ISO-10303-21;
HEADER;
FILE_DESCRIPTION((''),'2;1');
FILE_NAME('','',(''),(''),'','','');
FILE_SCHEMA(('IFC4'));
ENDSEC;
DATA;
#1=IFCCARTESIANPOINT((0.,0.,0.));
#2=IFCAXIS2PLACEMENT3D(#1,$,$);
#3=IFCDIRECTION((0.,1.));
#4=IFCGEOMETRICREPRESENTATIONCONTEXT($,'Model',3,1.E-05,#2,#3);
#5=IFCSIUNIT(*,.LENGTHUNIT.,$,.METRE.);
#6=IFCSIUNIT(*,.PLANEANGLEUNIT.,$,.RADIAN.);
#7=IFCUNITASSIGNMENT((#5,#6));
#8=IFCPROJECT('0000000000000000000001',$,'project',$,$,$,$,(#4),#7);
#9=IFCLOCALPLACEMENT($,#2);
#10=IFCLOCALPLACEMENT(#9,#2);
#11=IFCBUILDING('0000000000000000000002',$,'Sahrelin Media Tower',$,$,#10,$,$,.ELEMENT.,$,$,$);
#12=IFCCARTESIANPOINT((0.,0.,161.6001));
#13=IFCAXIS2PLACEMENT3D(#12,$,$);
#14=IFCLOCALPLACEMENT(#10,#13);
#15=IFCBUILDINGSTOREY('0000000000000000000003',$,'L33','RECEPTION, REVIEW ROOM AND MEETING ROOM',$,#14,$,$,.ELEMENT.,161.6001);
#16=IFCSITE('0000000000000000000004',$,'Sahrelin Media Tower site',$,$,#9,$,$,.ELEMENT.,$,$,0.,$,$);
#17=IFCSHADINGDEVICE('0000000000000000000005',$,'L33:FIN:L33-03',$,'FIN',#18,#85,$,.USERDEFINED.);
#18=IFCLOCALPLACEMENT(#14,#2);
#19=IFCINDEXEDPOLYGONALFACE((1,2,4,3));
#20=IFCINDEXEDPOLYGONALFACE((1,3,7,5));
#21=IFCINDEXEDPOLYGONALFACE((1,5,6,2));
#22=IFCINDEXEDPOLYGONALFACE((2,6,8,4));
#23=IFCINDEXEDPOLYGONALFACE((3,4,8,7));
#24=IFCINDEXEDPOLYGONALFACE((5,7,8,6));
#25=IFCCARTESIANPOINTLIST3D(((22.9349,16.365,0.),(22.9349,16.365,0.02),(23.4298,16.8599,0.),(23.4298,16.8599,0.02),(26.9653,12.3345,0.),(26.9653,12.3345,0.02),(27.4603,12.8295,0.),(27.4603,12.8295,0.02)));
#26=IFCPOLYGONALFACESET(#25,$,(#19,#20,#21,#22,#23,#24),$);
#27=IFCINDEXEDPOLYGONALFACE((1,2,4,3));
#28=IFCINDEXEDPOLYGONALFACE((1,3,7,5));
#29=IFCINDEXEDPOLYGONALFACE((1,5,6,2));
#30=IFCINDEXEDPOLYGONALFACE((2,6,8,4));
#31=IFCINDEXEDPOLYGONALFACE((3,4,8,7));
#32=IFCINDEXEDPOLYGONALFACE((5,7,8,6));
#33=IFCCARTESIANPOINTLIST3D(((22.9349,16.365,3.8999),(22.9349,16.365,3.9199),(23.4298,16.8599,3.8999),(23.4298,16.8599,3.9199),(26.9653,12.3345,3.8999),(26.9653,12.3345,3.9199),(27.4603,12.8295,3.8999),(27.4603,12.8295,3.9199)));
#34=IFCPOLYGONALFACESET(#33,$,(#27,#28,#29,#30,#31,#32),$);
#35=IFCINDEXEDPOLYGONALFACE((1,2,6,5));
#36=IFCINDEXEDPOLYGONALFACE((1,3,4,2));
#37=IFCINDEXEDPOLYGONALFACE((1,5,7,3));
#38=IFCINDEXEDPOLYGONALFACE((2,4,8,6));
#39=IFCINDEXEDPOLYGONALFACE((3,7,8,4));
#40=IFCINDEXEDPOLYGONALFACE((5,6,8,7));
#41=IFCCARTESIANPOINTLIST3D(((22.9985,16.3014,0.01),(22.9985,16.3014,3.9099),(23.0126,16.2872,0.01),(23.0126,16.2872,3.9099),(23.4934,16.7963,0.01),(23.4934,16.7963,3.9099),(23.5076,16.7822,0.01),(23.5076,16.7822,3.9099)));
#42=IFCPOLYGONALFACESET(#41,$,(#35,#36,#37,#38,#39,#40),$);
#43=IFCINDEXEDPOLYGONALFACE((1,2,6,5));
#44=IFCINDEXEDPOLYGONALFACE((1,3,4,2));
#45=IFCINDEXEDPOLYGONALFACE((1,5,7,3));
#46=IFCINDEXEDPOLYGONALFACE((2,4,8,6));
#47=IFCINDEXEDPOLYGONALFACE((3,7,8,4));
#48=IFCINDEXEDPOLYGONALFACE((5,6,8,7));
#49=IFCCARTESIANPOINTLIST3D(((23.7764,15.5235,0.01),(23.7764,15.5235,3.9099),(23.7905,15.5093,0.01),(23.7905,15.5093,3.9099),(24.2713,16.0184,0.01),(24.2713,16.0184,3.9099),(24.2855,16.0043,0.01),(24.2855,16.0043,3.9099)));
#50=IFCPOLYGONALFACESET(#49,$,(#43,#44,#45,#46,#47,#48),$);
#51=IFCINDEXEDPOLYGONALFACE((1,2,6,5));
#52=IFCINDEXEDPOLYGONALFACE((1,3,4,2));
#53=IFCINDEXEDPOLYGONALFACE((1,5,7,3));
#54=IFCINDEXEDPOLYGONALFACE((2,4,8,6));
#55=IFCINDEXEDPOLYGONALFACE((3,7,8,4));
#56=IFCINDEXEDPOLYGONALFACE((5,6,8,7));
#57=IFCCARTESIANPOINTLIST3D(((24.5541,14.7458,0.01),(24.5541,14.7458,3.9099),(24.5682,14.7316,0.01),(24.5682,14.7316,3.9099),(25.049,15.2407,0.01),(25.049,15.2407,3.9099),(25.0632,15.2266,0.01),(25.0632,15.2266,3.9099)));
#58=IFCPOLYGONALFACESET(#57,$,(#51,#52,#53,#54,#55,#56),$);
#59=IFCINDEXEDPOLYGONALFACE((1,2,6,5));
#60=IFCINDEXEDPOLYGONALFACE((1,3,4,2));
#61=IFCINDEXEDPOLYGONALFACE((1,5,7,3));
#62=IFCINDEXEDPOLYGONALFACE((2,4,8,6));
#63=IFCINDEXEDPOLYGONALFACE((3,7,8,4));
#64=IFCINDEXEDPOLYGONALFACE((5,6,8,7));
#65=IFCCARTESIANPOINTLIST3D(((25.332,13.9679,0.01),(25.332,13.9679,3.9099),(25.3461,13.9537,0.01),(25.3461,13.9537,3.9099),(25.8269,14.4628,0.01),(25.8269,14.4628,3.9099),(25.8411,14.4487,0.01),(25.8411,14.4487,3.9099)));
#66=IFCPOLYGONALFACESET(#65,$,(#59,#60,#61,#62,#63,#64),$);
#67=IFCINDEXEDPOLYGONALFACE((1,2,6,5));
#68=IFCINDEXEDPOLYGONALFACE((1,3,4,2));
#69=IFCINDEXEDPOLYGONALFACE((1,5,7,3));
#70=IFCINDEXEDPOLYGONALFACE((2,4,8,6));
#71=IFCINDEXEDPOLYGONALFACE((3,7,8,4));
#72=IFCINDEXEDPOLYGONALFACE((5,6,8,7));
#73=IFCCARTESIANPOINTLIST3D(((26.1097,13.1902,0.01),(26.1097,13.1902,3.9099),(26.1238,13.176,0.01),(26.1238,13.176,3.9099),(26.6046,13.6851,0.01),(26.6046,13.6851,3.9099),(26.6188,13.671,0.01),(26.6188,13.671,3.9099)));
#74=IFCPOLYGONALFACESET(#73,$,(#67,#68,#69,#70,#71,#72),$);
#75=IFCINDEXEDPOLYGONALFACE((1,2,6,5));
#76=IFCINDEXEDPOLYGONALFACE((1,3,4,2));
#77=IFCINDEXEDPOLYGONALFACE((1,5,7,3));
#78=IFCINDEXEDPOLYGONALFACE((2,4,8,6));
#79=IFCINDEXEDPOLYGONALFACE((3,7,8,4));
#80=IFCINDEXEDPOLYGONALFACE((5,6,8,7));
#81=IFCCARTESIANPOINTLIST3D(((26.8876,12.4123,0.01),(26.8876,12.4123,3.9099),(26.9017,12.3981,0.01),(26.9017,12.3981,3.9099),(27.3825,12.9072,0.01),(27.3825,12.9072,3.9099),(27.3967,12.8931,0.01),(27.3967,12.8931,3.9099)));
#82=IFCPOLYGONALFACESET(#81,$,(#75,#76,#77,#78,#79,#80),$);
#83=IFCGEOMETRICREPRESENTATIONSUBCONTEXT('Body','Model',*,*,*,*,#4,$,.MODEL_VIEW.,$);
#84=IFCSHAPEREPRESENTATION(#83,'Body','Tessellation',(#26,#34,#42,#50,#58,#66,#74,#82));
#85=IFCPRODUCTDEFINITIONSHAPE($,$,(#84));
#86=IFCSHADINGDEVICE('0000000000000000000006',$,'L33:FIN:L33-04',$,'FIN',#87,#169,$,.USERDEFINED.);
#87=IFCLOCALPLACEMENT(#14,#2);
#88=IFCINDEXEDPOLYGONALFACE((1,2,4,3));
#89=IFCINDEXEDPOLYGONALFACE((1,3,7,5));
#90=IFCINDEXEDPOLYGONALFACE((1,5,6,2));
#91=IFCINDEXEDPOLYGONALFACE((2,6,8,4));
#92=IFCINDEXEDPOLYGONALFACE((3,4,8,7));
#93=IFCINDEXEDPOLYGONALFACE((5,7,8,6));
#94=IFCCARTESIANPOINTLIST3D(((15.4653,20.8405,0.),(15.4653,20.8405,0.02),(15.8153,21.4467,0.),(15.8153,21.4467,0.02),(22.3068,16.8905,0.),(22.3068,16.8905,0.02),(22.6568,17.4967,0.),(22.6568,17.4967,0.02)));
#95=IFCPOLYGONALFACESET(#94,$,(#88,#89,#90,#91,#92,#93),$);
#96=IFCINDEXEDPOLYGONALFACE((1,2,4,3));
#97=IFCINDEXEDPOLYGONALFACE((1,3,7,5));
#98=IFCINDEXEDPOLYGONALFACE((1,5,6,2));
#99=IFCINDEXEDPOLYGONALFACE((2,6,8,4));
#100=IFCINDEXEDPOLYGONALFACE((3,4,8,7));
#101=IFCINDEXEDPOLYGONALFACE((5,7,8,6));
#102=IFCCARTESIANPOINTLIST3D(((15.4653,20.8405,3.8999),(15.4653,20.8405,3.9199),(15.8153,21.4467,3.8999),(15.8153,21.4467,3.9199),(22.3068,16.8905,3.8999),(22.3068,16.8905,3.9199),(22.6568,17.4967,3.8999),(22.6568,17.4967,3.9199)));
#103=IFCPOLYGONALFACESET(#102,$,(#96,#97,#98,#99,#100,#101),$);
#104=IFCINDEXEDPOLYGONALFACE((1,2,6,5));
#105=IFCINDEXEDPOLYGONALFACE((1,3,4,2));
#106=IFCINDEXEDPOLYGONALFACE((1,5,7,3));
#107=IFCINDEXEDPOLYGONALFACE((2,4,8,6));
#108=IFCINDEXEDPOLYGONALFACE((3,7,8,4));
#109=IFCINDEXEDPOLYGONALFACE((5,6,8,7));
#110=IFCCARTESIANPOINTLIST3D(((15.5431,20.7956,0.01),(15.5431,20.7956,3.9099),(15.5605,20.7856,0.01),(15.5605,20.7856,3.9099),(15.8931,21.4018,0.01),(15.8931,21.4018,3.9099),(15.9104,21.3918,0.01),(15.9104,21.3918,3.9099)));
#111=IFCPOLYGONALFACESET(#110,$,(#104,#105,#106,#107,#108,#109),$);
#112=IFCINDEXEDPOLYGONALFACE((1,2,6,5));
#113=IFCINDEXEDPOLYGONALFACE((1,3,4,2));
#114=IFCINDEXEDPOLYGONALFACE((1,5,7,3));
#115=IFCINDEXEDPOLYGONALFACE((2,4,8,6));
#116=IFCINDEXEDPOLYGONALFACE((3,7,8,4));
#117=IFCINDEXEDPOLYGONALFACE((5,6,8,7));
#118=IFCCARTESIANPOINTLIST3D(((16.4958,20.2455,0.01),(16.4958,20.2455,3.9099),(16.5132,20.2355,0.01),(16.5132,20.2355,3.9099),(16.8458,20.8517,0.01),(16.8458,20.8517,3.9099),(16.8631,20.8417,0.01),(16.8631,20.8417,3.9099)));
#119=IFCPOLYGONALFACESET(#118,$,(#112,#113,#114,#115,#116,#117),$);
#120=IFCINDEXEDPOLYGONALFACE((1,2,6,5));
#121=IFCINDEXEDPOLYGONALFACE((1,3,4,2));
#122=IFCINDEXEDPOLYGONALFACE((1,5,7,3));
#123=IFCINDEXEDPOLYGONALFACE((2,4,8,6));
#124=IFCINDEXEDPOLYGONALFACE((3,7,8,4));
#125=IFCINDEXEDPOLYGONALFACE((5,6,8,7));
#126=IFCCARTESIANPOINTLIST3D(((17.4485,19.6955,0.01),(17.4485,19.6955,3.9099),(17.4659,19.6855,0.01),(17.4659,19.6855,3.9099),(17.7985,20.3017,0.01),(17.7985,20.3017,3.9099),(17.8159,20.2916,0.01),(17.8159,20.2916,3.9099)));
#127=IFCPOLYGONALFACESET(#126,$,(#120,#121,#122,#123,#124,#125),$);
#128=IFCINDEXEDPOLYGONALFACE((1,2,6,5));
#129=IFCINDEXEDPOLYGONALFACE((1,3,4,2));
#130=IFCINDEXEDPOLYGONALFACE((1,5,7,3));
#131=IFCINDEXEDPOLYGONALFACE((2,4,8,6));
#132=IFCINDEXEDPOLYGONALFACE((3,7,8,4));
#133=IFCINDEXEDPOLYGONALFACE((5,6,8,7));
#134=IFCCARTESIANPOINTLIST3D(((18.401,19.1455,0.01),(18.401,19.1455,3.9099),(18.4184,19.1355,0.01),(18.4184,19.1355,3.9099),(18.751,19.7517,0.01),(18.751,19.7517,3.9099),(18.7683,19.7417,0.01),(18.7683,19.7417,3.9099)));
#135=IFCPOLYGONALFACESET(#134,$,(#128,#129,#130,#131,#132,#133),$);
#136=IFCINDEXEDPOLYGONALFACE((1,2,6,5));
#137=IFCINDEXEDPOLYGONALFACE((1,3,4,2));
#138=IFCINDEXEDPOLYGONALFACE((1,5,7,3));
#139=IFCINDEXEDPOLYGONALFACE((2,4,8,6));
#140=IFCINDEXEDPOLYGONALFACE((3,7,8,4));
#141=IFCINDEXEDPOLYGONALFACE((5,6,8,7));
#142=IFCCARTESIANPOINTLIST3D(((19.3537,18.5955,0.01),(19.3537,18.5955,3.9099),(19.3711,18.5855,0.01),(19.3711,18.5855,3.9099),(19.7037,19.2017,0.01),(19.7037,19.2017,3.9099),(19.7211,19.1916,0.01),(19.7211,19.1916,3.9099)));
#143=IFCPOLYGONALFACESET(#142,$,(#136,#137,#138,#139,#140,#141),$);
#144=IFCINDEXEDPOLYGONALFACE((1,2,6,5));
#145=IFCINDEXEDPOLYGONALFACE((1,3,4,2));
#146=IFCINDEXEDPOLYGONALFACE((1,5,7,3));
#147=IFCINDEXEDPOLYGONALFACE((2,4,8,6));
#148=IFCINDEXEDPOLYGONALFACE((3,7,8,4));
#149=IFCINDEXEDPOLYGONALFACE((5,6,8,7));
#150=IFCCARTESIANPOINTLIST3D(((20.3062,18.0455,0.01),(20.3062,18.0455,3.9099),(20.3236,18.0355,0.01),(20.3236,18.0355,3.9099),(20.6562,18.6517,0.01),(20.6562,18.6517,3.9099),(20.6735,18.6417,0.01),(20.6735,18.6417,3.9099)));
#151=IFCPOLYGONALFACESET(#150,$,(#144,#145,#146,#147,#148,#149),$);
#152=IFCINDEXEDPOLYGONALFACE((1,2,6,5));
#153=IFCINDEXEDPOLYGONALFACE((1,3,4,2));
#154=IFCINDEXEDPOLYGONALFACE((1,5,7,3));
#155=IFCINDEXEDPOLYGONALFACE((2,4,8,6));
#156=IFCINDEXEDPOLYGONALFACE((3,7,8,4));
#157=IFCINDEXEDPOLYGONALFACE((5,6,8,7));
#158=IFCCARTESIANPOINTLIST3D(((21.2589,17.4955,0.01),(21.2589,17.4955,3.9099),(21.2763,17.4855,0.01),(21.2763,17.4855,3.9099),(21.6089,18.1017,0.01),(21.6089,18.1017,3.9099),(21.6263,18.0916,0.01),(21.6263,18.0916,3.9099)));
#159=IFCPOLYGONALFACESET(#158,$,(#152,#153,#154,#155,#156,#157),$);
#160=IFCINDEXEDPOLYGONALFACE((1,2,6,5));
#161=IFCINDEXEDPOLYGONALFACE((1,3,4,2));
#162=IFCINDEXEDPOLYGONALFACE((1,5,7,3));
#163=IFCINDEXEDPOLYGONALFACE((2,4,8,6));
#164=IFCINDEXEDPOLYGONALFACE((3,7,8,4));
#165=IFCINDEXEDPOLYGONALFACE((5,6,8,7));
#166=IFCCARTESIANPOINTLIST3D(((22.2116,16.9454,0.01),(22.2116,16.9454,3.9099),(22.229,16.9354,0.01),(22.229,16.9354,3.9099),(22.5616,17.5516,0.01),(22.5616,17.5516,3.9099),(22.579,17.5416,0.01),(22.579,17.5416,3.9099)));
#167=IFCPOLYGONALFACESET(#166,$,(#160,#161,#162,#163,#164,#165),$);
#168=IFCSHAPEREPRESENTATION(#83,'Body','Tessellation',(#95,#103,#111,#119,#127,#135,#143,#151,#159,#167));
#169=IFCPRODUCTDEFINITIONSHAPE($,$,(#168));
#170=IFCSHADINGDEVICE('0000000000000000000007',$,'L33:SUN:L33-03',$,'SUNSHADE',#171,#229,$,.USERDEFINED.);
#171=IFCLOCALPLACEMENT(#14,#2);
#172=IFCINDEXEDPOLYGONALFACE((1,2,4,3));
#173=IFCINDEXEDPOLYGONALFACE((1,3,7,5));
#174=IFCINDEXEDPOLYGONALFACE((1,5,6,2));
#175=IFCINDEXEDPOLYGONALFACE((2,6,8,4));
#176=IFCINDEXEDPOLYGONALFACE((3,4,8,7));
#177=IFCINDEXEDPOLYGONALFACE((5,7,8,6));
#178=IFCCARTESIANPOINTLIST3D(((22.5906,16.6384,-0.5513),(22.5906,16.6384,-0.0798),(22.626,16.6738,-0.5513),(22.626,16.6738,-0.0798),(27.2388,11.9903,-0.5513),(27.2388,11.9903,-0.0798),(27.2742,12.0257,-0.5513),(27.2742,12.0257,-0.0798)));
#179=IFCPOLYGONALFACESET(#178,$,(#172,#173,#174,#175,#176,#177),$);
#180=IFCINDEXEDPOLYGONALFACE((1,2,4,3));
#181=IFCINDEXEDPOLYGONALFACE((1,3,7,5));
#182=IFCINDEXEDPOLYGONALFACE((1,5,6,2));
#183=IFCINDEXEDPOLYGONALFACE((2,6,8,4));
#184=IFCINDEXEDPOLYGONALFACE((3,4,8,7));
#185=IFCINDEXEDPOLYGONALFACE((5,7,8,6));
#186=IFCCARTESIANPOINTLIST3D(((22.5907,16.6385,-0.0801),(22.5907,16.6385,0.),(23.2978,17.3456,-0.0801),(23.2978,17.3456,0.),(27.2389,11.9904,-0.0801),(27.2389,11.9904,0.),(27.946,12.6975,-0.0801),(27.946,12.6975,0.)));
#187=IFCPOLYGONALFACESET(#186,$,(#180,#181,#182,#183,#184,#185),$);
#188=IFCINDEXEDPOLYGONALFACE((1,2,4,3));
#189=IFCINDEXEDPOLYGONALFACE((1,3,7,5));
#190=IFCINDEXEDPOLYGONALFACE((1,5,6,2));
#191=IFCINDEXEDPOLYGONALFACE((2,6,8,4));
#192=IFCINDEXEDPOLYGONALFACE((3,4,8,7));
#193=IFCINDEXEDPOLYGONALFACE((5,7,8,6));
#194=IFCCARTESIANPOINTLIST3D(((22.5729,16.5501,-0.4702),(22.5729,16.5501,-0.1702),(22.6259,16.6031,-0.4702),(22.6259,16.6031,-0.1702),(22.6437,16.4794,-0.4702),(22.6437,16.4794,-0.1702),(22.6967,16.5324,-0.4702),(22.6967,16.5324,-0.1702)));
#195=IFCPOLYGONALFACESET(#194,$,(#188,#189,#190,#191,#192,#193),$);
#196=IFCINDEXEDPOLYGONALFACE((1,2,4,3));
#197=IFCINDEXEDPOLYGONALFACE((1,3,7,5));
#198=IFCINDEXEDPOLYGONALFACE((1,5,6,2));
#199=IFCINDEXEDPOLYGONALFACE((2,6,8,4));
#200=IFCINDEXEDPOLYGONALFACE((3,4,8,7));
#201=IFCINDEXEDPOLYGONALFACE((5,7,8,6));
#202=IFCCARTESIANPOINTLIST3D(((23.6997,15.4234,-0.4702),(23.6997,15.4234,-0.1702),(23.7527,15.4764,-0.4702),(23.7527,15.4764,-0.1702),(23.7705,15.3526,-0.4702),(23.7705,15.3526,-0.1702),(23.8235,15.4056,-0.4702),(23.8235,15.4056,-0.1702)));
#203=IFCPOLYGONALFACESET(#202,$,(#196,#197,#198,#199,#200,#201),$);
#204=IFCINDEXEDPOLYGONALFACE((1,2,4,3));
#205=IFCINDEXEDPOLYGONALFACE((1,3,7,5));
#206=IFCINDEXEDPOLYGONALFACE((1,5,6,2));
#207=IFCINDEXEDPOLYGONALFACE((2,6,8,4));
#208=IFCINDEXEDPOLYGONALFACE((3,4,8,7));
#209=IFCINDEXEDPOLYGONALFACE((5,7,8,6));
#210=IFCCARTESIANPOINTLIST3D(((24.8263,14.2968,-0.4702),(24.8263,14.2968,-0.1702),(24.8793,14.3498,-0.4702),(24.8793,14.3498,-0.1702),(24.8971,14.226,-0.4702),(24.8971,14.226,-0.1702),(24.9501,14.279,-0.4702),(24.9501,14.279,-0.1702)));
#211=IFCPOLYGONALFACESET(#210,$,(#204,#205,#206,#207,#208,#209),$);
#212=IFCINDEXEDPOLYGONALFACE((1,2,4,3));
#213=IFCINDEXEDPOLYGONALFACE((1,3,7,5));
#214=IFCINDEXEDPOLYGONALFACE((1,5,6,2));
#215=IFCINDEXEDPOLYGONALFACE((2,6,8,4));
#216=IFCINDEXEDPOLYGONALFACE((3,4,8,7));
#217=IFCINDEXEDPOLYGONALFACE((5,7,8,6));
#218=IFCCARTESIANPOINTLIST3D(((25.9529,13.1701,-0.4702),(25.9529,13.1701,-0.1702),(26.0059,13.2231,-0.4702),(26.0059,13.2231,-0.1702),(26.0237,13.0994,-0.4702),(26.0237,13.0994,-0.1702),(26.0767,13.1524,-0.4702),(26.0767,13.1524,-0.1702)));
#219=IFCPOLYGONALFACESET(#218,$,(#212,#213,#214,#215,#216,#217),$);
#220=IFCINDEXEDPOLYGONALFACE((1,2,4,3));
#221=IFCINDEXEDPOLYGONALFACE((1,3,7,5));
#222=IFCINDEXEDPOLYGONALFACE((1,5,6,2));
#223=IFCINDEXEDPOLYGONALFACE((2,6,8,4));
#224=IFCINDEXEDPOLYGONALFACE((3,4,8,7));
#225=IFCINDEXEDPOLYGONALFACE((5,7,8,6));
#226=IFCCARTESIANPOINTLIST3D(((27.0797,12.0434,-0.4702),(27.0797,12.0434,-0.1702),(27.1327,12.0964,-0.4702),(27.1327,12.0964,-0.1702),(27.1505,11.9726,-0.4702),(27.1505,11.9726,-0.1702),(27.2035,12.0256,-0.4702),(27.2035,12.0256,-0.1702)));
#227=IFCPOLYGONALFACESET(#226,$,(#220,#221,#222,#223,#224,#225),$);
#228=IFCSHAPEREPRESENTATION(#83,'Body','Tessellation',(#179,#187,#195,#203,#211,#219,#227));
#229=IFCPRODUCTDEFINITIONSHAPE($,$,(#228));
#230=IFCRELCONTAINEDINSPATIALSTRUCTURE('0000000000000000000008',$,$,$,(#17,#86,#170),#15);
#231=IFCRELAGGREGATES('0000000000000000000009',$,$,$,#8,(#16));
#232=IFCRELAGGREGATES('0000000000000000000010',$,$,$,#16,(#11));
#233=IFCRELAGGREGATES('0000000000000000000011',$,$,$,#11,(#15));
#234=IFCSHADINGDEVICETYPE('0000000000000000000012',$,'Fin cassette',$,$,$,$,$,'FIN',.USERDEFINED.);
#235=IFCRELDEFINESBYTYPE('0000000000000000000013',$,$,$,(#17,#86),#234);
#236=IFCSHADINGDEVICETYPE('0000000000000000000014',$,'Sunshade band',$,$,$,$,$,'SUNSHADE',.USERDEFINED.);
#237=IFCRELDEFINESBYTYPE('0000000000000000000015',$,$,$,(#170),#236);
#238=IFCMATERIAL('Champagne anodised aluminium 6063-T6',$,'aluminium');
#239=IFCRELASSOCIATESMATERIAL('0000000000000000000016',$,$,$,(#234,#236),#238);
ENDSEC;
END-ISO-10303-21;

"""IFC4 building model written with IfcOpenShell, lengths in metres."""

from ifc_helpers import new_model, si_unit, direction, frame, origin, origin_2d, place, context, subcontext, project, spatial, rectangle, extrude, material, type_object, element, save


model = new_model("IFC4")

# Units and contexts
model_context = context("Model", 3, precision=1e-05, world=origin(), true_north=direction((0.0, 1.0)))
body_context = subcontext(model_context, "Body", "Model", "MODEL_VIEW")
ifc_project = project(units=[si_unit("LENGTHUNIT", "METRE"), si_unit("PLANEANGLEUNIT", "RADIAN")], contexts=[model_context])

# Site, building, storey
site_placement = place(None, origin())
site = spatial("IfcSite", under=ifc_project, at=site_placement, Name="Sahrelin Media Tower site", CompositionType="ELEMENT", RefElevation=0.0)
building_placement = place(site_placement, origin())
building = spatial("IfcBuilding", under=site, at=building_placement, Name="Sahrelin Media Tower", CompositionType="ELEMENT")
storey_placement = place(building_placement, frame((0.0, 0.0, 161.6001)))
storey = spatial("IfcBuildingStorey", under=building, at=storey_placement, Name="L33", Description="RECEPTION, REVIEW ROOM AND MEETING ROOM", CompositionType="ELEMENT", Elevation=161.6001)

# Shared definitions
ifc_material_1 = material(Name="Champagne anodised aluminium 6063-T6", Category="aluminium")

# Shading devices
shading_device_type_1 = type_object("IfcShadingDeviceType", Name="Fin cassette", ElementType="FIN", PredefinedType="USERDEFINED", material=ifc_material_1)
placement_1 = place(storey_placement, frame((24.9006, 14.3003, 0.0), z_axis=(0.0, 0.0, 1.0), x_axis=(0.707107, -0.707107, 0.0)))
element("IfcShadingDevice", 1, at=placement_1, inside=storey, type_object=shading_device_type_1, Name="L33:FIN:L33-03", ObjectType="FIN", PredefinedType="USERDEFINED", context=body_context, shape_type="SweptSolid", body=[
    extrude(rectangle(XDim=5.7, YDim=0.7, at=origin_2d()), frame((0.0, 0.4199, 0.0)), (0.0, 0.0, 1.0), 0.02),
    extrude(rectangle(XDim=5.7, YDim=0.7, at=origin_2d()), frame((0.0, 0.4199, 3.8999)), (0.0, 0.0, 1.0), 0.02),
    extrude(rectangle(XDim=0.02, YDim=0.7, at=origin_2d()), frame((-2.75, 0.4199, 0.01), z_axis=(0.0, 0.0, 1.0), x_axis=(1.0, 0.0, 0.0)), (0.0, 0.0, 1.0), 3.8999),
    extrude(rectangle(XDim=0.02, YDim=0.7, at=origin_2d()), frame((-1.6499, 0.4199, 0.01), z_axis=(0.0, 0.0, 1.0), x_axis=(1.0, 0.0, 0.0)), (0.0, 0.0, 1.0), 3.8999),
    extrude(rectangle(XDim=0.02, YDim=0.7, at=origin_2d()), frame((-0.55, 0.4199, 0.01), z_axis=(0.0, 0.0, 1.0), x_axis=(1.0, 0.0, 0.0)), (0.0, 0.0, 1.0), 3.8999),
    extrude(rectangle(XDim=0.02, YDim=0.7, at=origin_2d()), frame((0.55, 0.4199, 0.01), z_axis=(0.0, 0.0, 1.0), x_axis=(1.0, 0.0, 0.0)), (0.0, 0.0, 1.0), 3.8999),
    extrude(rectangle(XDim=0.02, YDim=0.7, at=origin_2d()), frame((1.6499, 0.4199, 0.01), z_axis=(0.0, 0.0, 1.0), x_axis=(1.0, 0.0, 0.0)), (0.0, 0.0, 1.0), 3.8999),
    extrude(rectangle(XDim=0.02, YDim=0.7, at=origin_2d()), frame((2.75, 0.4199, 0.01), z_axis=(0.0, 0.0, 1.0), x_axis=(1.0, 0.0, 0.0)), (0.0, 0.0, 1.0), 3.8999),
])
placement_2 = place(storey_placement, frame((18.8511, 18.8049, 0.0), z_axis=(0.0, 0.0, 1.0), x_axis=(0.866019, -0.500011, 0.0)))
element("IfcShadingDevice", 2, at=placement_2, inside=storey, type_object=shading_device_type_1, Name="L33:FIN:L33-04", ObjectType="FIN", PredefinedType="USERDEFINED", context=body_context, shape_type="SweptSolid", body=[
    extrude(rectangle(XDim=7.8999, YDim=0.7, at=origin_2d()), frame((0.0, 0.4199, 0.0)), (0.0, 0.0, 1.0), 0.02),
    extrude(rectangle(XDim=7.8999, YDim=0.7, at=origin_2d()), frame((0.0, 0.4199, 3.8999)), (0.0, 0.0, 1.0), 0.02),
    extrude(rectangle(XDim=0.02, YDim=0.7, at=origin_2d()), frame((-3.8501, 0.4199, 0.01), z_axis=(0.0, 0.0, 1.0), x_axis=(1.0, 0.0, 0.0)), (0.0, 0.0, 1.0), 3.8999),
    extrude(rectangle(XDim=0.02, YDim=0.7, at=origin_2d()), frame((-2.75, 0.4199, 0.01), z_axis=(0.0, 0.0, 1.0), x_axis=(1.0, 0.0, 0.0)), (0.0, 0.0, 1.0), 3.8999),
    extrude(rectangle(XDim=0.02, YDim=0.7, at=origin_2d()), frame((-1.6499, 0.4199, 0.01), z_axis=(0.0, 0.0, 1.0), x_axis=(1.0, 0.0, 0.0)), (0.0, 0.0, 1.0), 3.8999),
    extrude(rectangle(XDim=0.02, YDim=0.7, at=origin_2d()), frame((-0.55, 0.4199, 0.01), z_axis=(0.0, 0.0, 1.0), x_axis=(1.0, 0.0, 0.0)), (0.0, 0.0, 1.0), 3.8999),
    extrude(rectangle(XDim=0.02, YDim=0.7, at=origin_2d()), frame((0.55, 0.4199, 0.01), z_axis=(0.0, 0.0, 1.0), x_axis=(1.0, 0.0, 0.0)), (0.0, 0.0, 1.0), 3.8999),
    extrude(rectangle(XDim=0.02, YDim=0.7, at=origin_2d()), frame((1.6499, 0.4199, 0.01), z_axis=(0.0, 0.0, 1.0), x_axis=(1.0, 0.0, 0.0)), (0.0, 0.0, 1.0), 3.8999),
    extrude(rectangle(XDim=0.02, YDim=0.7, at=origin_2d()), frame((2.75, 0.4199, 0.01), z_axis=(0.0, 0.0, 1.0), x_axis=(1.0, 0.0, 0.0)), (0.0, 0.0, 1.0), 3.8999),
    extrude(rectangle(XDim=0.02, YDim=0.7, at=origin_2d()), frame((3.8501, 0.4199, 0.01), z_axis=(0.0, 0.0, 1.0), x_axis=(1.0, 0.0, 0.0)), (0.0, 0.0, 1.0), 3.8999),
])
shading_device_type_2 = type_object("IfcShadingDeviceType", Name="Sunshade band", ElementType="SUNSHADE", PredefinedType="USERDEFINED", material=ifc_material_1)
element("IfcShadingDevice", 3, at=placement_1, inside=storey, type_object=shading_device_type_2, Name="L33:SUN:L33-03", ObjectType="SUNSHADE", PredefinedType="USERDEFINED", context=body_context, shape_type="SweptSolid", body=[
    extrude(rectangle(XDim=6.5735, YDim=0.05, at=origin_2d()), frame((0.0, 0.0449, -0.5513)), (0.0, 0.0, 1.0), 0.4714),
    extrude(rectangle(XDim=6.5735, YDim=1.0, at=origin_2d()), frame((0.0, 0.52, -0.0801)), (0.0, 0.0, 1.0), 0.0801),
    extrude(rectangle(XDim=0.1001, YDim=0.075, at=origin_2d()), frame((-3.1868, -0.0176, -0.4702)), (0.0, 0.0, 1.0), 0.3),
    extrude(rectangle(XDim=0.1001, YDim=0.075, at=origin_2d()), frame((-1.5933, -0.0176, -0.4702)), (0.0, 0.0, 1.0), 0.3),
    extrude(rectangle(XDim=0.1001, YDim=0.075, at=origin_2d()), frame((0.0, -0.0176, -0.4702)), (0.0, 0.0, 1.0), 0.3),
    extrude(rectangle(XDim=0.1001, YDim=0.075, at=origin_2d()), frame((1.5933, -0.0176, -0.4702)), (0.0, 0.0, 1.0), 0.3),
    extrude(rectangle(XDim=0.1001, YDim=0.075, at=origin_2d()), frame((3.1868, -0.0176, -0.4702)), (0.0, 0.0, 1.0), 0.3),
])

save(model, "model.ifc")
